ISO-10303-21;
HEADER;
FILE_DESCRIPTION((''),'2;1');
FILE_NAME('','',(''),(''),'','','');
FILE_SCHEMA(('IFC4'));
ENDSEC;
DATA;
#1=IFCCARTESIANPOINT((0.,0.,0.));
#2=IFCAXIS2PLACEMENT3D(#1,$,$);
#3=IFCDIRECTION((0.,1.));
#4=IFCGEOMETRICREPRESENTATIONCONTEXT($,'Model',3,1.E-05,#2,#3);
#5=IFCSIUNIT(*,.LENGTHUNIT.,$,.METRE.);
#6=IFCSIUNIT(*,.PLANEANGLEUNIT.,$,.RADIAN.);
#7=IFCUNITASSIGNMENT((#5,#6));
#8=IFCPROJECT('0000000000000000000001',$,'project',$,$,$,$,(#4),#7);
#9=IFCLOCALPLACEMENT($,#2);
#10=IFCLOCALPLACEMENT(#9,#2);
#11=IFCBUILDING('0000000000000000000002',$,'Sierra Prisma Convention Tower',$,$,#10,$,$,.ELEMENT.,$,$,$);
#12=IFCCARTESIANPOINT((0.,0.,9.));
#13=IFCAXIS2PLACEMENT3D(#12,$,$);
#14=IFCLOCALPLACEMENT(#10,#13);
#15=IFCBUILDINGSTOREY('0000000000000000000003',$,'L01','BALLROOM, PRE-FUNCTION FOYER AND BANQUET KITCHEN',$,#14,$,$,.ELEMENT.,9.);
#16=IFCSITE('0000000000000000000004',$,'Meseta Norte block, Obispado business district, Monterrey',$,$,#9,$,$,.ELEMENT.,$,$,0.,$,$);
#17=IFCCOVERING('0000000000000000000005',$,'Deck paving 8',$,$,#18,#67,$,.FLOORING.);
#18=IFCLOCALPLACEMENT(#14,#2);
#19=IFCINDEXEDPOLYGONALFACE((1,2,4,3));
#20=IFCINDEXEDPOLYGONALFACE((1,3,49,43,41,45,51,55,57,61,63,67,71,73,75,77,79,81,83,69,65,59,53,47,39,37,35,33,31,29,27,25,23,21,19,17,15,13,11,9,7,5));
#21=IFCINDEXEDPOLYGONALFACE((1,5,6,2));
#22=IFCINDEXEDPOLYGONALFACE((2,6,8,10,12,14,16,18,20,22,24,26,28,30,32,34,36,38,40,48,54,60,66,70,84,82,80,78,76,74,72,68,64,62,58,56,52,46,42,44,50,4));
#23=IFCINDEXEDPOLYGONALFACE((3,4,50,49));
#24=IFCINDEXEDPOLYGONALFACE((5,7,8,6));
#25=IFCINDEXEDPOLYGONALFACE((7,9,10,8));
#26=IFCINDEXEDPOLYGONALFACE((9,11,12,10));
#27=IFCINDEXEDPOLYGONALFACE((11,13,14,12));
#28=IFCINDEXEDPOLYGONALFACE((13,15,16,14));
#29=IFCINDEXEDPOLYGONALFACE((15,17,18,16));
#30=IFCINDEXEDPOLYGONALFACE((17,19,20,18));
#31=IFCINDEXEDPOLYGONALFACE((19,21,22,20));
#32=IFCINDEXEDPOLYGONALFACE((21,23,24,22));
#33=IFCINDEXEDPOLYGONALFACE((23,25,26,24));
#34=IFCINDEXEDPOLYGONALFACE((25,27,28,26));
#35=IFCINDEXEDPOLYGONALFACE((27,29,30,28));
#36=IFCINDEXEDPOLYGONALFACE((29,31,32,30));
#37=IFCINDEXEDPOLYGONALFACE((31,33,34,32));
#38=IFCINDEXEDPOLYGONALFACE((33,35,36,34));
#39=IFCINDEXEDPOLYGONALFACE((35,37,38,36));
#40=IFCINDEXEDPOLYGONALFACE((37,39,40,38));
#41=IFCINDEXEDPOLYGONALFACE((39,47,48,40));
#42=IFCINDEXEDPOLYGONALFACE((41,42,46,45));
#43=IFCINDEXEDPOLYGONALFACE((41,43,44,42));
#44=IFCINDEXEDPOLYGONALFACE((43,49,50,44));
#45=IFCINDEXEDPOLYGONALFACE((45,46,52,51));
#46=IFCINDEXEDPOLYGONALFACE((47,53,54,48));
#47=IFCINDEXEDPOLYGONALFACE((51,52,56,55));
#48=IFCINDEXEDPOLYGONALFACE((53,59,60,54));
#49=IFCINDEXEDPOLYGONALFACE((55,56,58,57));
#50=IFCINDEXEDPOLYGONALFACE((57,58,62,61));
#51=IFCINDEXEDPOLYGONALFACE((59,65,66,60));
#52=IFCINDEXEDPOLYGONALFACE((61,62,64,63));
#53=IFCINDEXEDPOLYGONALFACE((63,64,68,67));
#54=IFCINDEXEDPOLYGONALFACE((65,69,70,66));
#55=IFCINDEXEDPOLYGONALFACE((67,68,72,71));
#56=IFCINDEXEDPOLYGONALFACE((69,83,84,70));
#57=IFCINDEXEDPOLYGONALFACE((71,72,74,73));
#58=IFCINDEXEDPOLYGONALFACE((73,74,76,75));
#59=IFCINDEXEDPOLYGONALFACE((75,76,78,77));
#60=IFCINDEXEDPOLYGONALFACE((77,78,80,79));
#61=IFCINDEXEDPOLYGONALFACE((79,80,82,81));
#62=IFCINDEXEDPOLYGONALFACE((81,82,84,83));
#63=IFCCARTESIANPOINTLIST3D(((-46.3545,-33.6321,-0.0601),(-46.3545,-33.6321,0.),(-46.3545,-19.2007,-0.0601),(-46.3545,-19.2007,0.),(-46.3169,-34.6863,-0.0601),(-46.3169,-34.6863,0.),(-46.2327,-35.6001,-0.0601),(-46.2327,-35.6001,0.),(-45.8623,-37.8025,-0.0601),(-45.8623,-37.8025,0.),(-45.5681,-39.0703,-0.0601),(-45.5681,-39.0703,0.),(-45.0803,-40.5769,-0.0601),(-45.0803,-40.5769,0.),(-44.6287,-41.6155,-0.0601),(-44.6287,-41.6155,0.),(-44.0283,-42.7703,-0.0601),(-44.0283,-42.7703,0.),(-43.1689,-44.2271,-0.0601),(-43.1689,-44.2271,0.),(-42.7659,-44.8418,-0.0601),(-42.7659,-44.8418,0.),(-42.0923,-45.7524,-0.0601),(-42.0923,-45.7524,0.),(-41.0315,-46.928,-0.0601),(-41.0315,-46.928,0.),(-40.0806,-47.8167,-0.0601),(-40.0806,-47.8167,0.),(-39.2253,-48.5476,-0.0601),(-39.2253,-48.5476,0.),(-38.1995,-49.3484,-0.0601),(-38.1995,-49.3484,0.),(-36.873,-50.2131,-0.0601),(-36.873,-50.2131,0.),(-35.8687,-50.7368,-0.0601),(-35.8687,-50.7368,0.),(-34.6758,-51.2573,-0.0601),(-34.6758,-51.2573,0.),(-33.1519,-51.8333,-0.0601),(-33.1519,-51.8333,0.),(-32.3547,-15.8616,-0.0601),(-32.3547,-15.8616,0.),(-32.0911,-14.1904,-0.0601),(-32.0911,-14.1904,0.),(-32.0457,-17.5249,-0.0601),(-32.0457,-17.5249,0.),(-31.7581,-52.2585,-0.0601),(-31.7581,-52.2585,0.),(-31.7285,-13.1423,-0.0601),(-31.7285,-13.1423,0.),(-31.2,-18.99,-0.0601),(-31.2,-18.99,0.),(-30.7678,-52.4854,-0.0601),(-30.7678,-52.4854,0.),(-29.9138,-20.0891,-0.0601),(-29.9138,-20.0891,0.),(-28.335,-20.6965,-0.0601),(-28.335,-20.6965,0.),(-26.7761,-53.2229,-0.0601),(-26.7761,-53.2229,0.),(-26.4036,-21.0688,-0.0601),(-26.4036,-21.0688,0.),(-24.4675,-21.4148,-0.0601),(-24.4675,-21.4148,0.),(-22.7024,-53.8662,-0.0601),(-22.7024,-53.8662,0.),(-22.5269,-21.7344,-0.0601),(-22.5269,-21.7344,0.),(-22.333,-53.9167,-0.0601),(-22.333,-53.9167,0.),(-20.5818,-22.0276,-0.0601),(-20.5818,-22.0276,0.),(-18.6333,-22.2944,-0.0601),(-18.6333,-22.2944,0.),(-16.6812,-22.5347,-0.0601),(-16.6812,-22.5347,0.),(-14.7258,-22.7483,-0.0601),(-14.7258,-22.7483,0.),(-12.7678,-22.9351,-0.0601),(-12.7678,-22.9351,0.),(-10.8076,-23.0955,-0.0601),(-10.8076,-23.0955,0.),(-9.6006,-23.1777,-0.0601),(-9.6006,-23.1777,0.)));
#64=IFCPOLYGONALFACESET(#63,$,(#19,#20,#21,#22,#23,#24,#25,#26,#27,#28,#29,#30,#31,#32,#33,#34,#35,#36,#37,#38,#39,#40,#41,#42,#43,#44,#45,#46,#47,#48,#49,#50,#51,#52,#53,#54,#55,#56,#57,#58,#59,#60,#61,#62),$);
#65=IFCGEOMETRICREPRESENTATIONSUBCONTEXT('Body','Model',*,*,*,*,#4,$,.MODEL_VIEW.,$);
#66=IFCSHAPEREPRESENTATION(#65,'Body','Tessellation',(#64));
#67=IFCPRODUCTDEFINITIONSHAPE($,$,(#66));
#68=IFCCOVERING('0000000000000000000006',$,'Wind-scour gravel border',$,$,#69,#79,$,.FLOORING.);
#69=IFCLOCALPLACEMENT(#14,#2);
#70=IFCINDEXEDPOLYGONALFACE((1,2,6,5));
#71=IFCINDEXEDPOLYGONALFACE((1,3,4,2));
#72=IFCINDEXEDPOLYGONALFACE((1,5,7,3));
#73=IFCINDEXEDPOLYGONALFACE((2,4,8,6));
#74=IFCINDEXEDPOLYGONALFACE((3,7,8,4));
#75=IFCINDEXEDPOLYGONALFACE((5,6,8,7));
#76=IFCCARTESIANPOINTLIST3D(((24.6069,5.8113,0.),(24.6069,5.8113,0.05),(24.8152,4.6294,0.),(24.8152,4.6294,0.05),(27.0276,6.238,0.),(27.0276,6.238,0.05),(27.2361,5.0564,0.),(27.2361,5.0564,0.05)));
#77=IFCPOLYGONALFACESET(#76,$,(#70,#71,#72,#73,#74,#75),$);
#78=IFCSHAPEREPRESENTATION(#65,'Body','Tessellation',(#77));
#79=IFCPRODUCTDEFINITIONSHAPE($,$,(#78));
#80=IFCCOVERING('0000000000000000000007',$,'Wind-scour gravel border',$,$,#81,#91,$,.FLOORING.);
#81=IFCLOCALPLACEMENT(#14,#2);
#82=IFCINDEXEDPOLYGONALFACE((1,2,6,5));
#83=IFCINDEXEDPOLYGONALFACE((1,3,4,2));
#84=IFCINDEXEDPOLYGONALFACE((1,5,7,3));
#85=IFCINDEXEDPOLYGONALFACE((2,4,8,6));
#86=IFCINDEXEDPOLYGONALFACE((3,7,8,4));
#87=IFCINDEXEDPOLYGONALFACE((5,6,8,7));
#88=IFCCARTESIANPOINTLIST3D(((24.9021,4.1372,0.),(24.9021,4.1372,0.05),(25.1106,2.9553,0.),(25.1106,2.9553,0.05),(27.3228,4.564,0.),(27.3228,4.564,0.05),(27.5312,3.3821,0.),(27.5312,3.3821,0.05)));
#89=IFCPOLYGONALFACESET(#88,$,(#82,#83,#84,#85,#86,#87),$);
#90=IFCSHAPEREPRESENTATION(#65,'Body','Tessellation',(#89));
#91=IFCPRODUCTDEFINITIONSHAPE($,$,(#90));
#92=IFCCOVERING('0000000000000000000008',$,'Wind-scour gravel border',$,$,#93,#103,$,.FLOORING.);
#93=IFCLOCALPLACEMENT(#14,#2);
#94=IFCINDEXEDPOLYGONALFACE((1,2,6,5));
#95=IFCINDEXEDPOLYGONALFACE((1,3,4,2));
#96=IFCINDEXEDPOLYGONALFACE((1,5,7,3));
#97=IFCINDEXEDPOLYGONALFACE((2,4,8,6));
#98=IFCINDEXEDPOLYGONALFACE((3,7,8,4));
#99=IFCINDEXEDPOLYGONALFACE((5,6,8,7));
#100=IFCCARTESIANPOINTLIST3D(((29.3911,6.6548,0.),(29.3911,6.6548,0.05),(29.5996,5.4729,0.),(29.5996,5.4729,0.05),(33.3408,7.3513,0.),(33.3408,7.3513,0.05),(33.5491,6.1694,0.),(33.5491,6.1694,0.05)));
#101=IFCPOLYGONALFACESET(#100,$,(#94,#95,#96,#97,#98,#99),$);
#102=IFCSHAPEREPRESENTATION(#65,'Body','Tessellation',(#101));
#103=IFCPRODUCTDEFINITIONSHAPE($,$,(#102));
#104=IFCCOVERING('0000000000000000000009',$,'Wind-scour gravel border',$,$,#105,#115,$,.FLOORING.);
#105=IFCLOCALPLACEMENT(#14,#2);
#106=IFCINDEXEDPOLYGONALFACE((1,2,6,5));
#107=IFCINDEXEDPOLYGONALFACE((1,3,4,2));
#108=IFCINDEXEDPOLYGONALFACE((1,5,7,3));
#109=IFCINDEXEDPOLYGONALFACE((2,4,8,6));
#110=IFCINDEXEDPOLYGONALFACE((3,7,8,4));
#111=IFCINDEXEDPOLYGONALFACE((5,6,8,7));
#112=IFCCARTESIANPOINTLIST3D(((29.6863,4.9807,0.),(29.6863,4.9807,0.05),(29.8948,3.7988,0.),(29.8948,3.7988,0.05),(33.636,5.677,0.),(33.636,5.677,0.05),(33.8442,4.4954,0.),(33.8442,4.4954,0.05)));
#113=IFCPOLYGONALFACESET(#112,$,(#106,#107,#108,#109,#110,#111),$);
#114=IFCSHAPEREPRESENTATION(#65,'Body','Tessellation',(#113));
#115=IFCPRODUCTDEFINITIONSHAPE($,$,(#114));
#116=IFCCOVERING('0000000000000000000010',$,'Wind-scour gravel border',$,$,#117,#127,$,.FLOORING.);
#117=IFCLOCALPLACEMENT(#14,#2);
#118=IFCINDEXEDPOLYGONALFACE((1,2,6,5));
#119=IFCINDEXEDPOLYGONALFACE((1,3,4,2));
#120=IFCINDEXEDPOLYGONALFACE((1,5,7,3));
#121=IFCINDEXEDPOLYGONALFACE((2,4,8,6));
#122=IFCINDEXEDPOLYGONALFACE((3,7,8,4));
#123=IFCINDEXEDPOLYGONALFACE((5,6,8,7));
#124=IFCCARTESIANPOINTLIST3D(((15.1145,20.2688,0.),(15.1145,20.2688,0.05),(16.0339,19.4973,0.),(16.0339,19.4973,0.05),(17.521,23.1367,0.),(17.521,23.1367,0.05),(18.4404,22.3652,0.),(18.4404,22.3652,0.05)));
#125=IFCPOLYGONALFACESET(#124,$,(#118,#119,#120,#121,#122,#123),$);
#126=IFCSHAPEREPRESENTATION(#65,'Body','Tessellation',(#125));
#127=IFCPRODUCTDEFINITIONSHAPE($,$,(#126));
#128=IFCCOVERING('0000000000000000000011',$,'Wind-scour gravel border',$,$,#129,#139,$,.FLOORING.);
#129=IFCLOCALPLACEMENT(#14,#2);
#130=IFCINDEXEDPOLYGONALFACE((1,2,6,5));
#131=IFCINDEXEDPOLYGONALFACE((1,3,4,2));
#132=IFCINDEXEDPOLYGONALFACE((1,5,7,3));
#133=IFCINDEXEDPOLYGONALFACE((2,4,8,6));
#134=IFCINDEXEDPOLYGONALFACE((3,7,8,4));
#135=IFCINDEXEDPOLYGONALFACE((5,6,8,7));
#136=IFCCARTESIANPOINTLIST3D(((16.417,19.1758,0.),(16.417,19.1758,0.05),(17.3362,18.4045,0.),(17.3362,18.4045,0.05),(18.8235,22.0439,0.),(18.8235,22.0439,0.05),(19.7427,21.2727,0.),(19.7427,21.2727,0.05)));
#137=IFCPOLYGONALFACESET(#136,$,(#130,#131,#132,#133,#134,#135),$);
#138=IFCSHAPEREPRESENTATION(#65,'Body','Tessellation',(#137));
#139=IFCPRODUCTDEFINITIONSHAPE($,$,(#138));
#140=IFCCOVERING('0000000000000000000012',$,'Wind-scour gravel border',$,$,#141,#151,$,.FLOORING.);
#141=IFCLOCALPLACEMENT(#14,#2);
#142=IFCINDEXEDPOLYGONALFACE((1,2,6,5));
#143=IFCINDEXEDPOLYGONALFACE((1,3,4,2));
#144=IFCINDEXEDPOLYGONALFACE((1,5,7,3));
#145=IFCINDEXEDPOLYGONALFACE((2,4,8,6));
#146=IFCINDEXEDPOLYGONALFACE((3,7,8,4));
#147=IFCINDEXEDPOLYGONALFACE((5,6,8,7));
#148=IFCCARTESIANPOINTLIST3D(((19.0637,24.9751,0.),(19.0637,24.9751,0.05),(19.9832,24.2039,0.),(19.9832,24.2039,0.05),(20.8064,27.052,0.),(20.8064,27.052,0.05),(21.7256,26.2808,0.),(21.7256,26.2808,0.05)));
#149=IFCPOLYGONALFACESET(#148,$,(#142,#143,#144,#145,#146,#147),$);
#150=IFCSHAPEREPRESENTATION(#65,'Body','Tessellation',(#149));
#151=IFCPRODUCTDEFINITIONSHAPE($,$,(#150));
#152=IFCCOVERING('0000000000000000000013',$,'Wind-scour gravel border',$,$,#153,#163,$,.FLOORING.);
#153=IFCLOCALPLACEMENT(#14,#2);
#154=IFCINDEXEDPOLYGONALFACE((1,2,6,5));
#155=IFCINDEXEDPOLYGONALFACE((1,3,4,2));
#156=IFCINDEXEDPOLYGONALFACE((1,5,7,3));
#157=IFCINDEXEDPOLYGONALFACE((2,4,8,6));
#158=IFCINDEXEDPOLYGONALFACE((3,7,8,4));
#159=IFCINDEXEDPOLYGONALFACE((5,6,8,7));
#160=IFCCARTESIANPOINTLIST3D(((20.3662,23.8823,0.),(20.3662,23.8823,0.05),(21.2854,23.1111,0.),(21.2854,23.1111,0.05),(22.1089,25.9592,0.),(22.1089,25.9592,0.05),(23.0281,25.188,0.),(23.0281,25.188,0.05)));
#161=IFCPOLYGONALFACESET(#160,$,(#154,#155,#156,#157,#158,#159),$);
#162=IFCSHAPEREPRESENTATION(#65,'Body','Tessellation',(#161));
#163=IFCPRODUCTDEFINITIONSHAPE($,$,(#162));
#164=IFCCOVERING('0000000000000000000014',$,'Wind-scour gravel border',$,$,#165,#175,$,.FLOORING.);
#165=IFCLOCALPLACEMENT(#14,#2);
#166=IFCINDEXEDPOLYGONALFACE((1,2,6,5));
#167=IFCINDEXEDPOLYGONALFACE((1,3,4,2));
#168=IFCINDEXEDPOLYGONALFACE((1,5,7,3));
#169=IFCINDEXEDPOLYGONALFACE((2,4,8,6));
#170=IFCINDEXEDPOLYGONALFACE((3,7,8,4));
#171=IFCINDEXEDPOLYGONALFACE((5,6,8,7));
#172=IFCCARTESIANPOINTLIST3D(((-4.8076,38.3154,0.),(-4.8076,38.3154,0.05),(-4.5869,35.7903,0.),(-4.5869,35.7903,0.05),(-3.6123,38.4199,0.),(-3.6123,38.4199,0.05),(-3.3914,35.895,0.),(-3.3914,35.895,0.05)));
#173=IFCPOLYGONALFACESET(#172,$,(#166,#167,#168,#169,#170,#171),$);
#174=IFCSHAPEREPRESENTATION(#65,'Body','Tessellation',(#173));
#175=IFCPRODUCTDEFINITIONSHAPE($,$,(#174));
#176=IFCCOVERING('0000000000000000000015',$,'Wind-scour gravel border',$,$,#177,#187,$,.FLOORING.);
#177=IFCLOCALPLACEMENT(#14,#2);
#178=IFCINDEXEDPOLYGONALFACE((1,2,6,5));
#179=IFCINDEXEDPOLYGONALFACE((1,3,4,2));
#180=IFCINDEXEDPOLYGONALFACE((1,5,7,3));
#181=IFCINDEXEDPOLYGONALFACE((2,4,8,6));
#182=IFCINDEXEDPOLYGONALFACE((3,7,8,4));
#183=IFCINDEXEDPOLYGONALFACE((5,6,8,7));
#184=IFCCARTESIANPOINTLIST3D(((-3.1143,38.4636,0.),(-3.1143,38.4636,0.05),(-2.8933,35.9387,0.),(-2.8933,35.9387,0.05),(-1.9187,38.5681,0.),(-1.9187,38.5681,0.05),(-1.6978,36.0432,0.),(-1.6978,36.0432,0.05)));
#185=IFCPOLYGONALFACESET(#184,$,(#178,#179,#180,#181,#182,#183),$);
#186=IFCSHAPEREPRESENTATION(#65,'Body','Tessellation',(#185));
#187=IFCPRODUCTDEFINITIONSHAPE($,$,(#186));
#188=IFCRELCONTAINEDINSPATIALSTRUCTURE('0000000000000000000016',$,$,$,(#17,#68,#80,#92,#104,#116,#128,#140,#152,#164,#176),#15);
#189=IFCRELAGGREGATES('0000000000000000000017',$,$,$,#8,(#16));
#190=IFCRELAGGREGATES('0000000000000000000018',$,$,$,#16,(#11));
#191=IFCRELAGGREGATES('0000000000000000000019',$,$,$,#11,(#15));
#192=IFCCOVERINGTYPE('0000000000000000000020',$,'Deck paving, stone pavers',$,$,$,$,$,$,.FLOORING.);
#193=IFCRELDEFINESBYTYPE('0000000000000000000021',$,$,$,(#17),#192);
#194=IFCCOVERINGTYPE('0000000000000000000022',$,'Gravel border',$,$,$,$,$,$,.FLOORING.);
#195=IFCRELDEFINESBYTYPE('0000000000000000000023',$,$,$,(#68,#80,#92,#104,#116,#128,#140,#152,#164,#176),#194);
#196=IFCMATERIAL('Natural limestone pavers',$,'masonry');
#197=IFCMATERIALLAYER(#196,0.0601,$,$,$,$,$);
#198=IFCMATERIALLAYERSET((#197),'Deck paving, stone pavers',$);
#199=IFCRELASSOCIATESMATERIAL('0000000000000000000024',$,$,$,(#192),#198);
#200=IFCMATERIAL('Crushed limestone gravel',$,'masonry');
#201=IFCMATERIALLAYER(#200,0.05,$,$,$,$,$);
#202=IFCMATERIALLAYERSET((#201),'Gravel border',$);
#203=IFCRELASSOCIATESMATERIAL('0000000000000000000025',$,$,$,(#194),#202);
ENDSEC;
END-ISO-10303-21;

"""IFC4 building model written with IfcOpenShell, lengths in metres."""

from ifc_helpers import new_model, si_unit, direction, frame, origin, place, context, subcontext, project, spatial, polyline, outline, extrude, material, layer, layer_set, type_object, element, save


model = new_model("IFC4")

# Units and contexts
model_context = context("Model", 3, precision=1e-05, world=origin(), true_north=direction((0.0, 1.0)))
body_context = subcontext(model_context, "Body", "Model", "MODEL_VIEW")
ifc_project = project(units=[si_unit("LENGTHUNIT", "METRE"), si_unit("PLANEANGLEUNIT", "RADIAN")], contexts=[model_context])

# Site, building, storey
site_placement = place(None, origin())
site = spatial("IfcSite", under=ifc_project, at=site_placement, Name="Meseta Norte block, Obispado business district, Monterrey", CompositionType="ELEMENT", RefElevation=0.0)
building_placement = place(site_placement, origin())
building = spatial("IfcBuilding", under=site, at=building_placement, Name="Sierra Prisma Convention Tower", CompositionType="ELEMENT")
storey_placement = place(building_placement, frame((0.0, 0.0, 9.0)))
storey = spatial("IfcBuildingStorey", under=building, at=storey_placement, Name="L01", Description="BALLROOM, PRE-FUNCTION FOYER AND BANQUET KITCHEN", CompositionType="ELEMENT", Elevation=9.0)

# Coverings
ifc_material_1 = material(Name="Natural limestone pavers", Category="masonry")
ifc_layer_1 = layer(ifc_material_1, 0.0601)
ifc_layer_set_1 = layer_set([ifc_layer_1], Name="Deck paving, stone pavers")
covering_type_1 = type_object("IfcCoveringType", Name="Deck paving, stone pavers", PredefinedType="FLOORING", material=ifc_layer_set_1)
covering_1_placement = place(storey_placement, frame((0.0, 0.0, -0.0601)))
element("IfcCovering", 1, at=covering_1_placement, inside=storey, type_object=covering_type_1, Name="Deck paving 8", PredefinedType="FLOORING", context=body_context, shape_type="SweptSolid", body=[
    extrude(outline(polyline([(-22.333, -53.9167), (-9.6006, -23.1777), (-10.8076, -23.0955), (-12.7678, -22.9351), (-14.7258, -22.7483), (-16.6812, -22.5347), (-18.6333, -22.2944), (-20.5818, -22.0276), (-22.5269, -21.7344), (-24.4675, -21.4148), (-26.4036, -21.0688), (-28.335, -20.6965), (-29.9138, -20.0891), (-31.2, -18.99), (-32.0457, -17.5249), (-32.3547, -15.8616), (-32.0911, -14.1904), (-31.7285, -13.1423), (-46.3545, -19.2007), (-46.3545, -33.6321), (-46.3169, -34.6863), (-46.2327, -35.6001), (-45.8623, -37.8025), (-45.5681, -39.0703), (-45.0803, -40.5769), (-44.6287, -41.6155), (-44.0283, -42.7703), (-43.1689, -44.2271), (-42.7659, -44.8418), (-42.0923, -45.7524), (-41.0315, -46.928), (-40.0806, -47.8167), (-39.2253, -48.5476), (-38.1995, -49.3484), (-36.873, -50.2131), (-35.8687, -50.7368), (-34.6758, -51.2573), (-33.1519, -51.8333), (-31.7581, -52.2585), (-30.7678, -52.4854), (-26.7761, -53.2229), (-22.7024, -53.8662), (-22.333, -53.9167)])), origin(), (0.0, 0.0, 1.0), 0.0601),
])
ifc_material_2 = material(Name="Crushed limestone gravel", Category="masonry")
ifc_layer_2 = layer(ifc_material_2, 0.05)
ifc_layer_set_2 = layer_set([ifc_layer_2], Name="Gravel border")
covering_type_2 = type_object("IfcCoveringType", Name="Gravel border", PredefinedType="FLOORING", material=ifc_layer_set_2)
covering_2_placement = place(storey_placement, origin())
element("IfcCovering", 2, at=covering_2_placement, inside=storey, type_object=covering_type_2, Name="Wind-scour gravel border", PredefinedType="FLOORING", context=body_context, shape_type="SweptSolid", body=[
    extrude(outline(polyline([(24.8152, 4.6294), (27.2361, 5.0564), (27.0276, 6.238), (24.6069, 5.8113), (24.8152, 4.6294)])), origin(), (0.0, 0.0, 1.0), 0.05),
])
covering_3_placement = place(storey_placement, origin())
element("IfcCovering", 3, at=covering_3_placement, inside=storey, type_object=covering_type_2, Name="Wind-scour gravel border", PredefinedType="FLOORING", context=body_context, shape_type="SweptSolid", body=[
    extrude(outline(polyline([(24.9021, 4.1372), (27.3228, 4.564), (27.5312, 3.3821), (25.1106, 2.9553), (24.9021, 4.1372)])), origin(), (0.0, 0.0, 1.0), 0.05),
])
covering_4_placement = place(storey_placement, origin())
element("IfcCovering", 4, at=covering_4_placement, inside=storey, type_object=covering_type_2, Name="Wind-scour gravel border", PredefinedType="FLOORING", context=body_context, shape_type="SweptSolid", body=[
    extrude(outline(polyline([(29.5996, 5.4729), (33.5491, 6.1694), (33.3408, 7.3513), (29.3911, 6.6548), (29.5996, 5.4729)])), origin(), (0.0, 0.0, 1.0), 0.05),
])
covering_5_placement = place(storey_placement, origin())
element("IfcCovering", 5, at=covering_5_placement, inside=storey, type_object=covering_type_2, Name="Wind-scour gravel border", PredefinedType="FLOORING", context=body_context, shape_type="SweptSolid", body=[
    extrude(outline(polyline([(29.6863, 4.9807), (33.636, 5.677), (33.8442, 4.4954), (29.8948, 3.7988), (29.6863, 4.9807)])), origin(), (0.0, 0.0, 1.0), 0.05),
])
covering_6_placement = place(storey_placement, origin())
element("IfcCovering", 6, at=covering_6_placement, inside=storey, type_object=covering_type_2, Name="Wind-scour gravel border", PredefinedType="FLOORING", context=body_context, shape_type="SweptSolid", body=[
    extrude(outline(polyline([(16.0339, 19.4973), (18.4404, 22.3652), (17.521, 23.1367), (15.1145, 20.2688), (16.0339, 19.4973)])), origin(), (0.0, 0.0, 1.0), 0.05),
])
covering_7_placement = place(storey_placement, origin())
element("IfcCovering", 7, at=covering_7_placement, inside=storey, type_object=covering_type_2, Name="Wind-scour gravel border", PredefinedType="FLOORING", context=body_context, shape_type="SweptSolid", body=[
    extrude(outline(polyline([(16.417, 19.1758), (18.8235, 22.0439), (19.7427, 21.2727), (17.3362, 18.4045), (16.417, 19.1758)])), origin(), (0.0, 0.0, 1.0), 0.05),
])
covering_8_placement = place(storey_placement, origin())
element("IfcCovering", 8, at=covering_8_placement, inside=storey, type_object=covering_type_2, Name="Wind-scour gravel border", PredefinedType="FLOORING", context=body_context, shape_type="SweptSolid", body=[
    extrude(outline(polyline([(19.9832, 24.2039), (21.7256, 26.2808), (20.8064, 27.052), (19.0637, 24.9751), (19.9832, 24.2039)])), origin(), (0.0, 0.0, 1.0), 0.05),
])
covering_9_placement = place(storey_placement, origin())
element("IfcCovering", 9, at=covering_9_placement, inside=storey, type_object=covering_type_2, Name="Wind-scour gravel border", PredefinedType="FLOORING", context=body_context, shape_type="SweptSolid", body=[
    extrude(outline(polyline([(20.3662, 23.8823), (22.1089, 25.9592), (23.0281, 25.188), (21.2854, 23.1111), (20.3662, 23.8823)])), origin(), (0.0, 0.0, 1.0), 0.05),
])
covering_10_placement = place(storey_placement, origin())
element("IfcCovering", 10, at=covering_10_placement, inside=storey, type_object=covering_type_2, Name="Wind-scour gravel border", PredefinedType="FLOORING", context=body_context, shape_type="SweptSolid", body=[
    extrude(outline(polyline([(-3.3914, 35.895), (-3.6123, 38.4199), (-4.8076, 38.3154), (-4.5869, 35.7903), (-3.3914, 35.895)])), origin(), (0.0, 0.0, 1.0), 0.05),
])
covering_11_placement = place(storey_placement, origin())
element("IfcCovering", 11, at=covering_11_placement, inside=storey, type_object=covering_type_2, Name="Wind-scour gravel border", PredefinedType="FLOORING", context=body_context, shape_type="SweptSolid", body=[
    extrude(outline(polyline([(-2.8933, 35.9387), (-3.1143, 38.4636), (-1.9187, 38.5681), (-1.6978, 36.0432), (-2.8933, 35.9387)])), origin(), (0.0, 0.0, 1.0), 0.05),
])

save(model, "model.ifc")
